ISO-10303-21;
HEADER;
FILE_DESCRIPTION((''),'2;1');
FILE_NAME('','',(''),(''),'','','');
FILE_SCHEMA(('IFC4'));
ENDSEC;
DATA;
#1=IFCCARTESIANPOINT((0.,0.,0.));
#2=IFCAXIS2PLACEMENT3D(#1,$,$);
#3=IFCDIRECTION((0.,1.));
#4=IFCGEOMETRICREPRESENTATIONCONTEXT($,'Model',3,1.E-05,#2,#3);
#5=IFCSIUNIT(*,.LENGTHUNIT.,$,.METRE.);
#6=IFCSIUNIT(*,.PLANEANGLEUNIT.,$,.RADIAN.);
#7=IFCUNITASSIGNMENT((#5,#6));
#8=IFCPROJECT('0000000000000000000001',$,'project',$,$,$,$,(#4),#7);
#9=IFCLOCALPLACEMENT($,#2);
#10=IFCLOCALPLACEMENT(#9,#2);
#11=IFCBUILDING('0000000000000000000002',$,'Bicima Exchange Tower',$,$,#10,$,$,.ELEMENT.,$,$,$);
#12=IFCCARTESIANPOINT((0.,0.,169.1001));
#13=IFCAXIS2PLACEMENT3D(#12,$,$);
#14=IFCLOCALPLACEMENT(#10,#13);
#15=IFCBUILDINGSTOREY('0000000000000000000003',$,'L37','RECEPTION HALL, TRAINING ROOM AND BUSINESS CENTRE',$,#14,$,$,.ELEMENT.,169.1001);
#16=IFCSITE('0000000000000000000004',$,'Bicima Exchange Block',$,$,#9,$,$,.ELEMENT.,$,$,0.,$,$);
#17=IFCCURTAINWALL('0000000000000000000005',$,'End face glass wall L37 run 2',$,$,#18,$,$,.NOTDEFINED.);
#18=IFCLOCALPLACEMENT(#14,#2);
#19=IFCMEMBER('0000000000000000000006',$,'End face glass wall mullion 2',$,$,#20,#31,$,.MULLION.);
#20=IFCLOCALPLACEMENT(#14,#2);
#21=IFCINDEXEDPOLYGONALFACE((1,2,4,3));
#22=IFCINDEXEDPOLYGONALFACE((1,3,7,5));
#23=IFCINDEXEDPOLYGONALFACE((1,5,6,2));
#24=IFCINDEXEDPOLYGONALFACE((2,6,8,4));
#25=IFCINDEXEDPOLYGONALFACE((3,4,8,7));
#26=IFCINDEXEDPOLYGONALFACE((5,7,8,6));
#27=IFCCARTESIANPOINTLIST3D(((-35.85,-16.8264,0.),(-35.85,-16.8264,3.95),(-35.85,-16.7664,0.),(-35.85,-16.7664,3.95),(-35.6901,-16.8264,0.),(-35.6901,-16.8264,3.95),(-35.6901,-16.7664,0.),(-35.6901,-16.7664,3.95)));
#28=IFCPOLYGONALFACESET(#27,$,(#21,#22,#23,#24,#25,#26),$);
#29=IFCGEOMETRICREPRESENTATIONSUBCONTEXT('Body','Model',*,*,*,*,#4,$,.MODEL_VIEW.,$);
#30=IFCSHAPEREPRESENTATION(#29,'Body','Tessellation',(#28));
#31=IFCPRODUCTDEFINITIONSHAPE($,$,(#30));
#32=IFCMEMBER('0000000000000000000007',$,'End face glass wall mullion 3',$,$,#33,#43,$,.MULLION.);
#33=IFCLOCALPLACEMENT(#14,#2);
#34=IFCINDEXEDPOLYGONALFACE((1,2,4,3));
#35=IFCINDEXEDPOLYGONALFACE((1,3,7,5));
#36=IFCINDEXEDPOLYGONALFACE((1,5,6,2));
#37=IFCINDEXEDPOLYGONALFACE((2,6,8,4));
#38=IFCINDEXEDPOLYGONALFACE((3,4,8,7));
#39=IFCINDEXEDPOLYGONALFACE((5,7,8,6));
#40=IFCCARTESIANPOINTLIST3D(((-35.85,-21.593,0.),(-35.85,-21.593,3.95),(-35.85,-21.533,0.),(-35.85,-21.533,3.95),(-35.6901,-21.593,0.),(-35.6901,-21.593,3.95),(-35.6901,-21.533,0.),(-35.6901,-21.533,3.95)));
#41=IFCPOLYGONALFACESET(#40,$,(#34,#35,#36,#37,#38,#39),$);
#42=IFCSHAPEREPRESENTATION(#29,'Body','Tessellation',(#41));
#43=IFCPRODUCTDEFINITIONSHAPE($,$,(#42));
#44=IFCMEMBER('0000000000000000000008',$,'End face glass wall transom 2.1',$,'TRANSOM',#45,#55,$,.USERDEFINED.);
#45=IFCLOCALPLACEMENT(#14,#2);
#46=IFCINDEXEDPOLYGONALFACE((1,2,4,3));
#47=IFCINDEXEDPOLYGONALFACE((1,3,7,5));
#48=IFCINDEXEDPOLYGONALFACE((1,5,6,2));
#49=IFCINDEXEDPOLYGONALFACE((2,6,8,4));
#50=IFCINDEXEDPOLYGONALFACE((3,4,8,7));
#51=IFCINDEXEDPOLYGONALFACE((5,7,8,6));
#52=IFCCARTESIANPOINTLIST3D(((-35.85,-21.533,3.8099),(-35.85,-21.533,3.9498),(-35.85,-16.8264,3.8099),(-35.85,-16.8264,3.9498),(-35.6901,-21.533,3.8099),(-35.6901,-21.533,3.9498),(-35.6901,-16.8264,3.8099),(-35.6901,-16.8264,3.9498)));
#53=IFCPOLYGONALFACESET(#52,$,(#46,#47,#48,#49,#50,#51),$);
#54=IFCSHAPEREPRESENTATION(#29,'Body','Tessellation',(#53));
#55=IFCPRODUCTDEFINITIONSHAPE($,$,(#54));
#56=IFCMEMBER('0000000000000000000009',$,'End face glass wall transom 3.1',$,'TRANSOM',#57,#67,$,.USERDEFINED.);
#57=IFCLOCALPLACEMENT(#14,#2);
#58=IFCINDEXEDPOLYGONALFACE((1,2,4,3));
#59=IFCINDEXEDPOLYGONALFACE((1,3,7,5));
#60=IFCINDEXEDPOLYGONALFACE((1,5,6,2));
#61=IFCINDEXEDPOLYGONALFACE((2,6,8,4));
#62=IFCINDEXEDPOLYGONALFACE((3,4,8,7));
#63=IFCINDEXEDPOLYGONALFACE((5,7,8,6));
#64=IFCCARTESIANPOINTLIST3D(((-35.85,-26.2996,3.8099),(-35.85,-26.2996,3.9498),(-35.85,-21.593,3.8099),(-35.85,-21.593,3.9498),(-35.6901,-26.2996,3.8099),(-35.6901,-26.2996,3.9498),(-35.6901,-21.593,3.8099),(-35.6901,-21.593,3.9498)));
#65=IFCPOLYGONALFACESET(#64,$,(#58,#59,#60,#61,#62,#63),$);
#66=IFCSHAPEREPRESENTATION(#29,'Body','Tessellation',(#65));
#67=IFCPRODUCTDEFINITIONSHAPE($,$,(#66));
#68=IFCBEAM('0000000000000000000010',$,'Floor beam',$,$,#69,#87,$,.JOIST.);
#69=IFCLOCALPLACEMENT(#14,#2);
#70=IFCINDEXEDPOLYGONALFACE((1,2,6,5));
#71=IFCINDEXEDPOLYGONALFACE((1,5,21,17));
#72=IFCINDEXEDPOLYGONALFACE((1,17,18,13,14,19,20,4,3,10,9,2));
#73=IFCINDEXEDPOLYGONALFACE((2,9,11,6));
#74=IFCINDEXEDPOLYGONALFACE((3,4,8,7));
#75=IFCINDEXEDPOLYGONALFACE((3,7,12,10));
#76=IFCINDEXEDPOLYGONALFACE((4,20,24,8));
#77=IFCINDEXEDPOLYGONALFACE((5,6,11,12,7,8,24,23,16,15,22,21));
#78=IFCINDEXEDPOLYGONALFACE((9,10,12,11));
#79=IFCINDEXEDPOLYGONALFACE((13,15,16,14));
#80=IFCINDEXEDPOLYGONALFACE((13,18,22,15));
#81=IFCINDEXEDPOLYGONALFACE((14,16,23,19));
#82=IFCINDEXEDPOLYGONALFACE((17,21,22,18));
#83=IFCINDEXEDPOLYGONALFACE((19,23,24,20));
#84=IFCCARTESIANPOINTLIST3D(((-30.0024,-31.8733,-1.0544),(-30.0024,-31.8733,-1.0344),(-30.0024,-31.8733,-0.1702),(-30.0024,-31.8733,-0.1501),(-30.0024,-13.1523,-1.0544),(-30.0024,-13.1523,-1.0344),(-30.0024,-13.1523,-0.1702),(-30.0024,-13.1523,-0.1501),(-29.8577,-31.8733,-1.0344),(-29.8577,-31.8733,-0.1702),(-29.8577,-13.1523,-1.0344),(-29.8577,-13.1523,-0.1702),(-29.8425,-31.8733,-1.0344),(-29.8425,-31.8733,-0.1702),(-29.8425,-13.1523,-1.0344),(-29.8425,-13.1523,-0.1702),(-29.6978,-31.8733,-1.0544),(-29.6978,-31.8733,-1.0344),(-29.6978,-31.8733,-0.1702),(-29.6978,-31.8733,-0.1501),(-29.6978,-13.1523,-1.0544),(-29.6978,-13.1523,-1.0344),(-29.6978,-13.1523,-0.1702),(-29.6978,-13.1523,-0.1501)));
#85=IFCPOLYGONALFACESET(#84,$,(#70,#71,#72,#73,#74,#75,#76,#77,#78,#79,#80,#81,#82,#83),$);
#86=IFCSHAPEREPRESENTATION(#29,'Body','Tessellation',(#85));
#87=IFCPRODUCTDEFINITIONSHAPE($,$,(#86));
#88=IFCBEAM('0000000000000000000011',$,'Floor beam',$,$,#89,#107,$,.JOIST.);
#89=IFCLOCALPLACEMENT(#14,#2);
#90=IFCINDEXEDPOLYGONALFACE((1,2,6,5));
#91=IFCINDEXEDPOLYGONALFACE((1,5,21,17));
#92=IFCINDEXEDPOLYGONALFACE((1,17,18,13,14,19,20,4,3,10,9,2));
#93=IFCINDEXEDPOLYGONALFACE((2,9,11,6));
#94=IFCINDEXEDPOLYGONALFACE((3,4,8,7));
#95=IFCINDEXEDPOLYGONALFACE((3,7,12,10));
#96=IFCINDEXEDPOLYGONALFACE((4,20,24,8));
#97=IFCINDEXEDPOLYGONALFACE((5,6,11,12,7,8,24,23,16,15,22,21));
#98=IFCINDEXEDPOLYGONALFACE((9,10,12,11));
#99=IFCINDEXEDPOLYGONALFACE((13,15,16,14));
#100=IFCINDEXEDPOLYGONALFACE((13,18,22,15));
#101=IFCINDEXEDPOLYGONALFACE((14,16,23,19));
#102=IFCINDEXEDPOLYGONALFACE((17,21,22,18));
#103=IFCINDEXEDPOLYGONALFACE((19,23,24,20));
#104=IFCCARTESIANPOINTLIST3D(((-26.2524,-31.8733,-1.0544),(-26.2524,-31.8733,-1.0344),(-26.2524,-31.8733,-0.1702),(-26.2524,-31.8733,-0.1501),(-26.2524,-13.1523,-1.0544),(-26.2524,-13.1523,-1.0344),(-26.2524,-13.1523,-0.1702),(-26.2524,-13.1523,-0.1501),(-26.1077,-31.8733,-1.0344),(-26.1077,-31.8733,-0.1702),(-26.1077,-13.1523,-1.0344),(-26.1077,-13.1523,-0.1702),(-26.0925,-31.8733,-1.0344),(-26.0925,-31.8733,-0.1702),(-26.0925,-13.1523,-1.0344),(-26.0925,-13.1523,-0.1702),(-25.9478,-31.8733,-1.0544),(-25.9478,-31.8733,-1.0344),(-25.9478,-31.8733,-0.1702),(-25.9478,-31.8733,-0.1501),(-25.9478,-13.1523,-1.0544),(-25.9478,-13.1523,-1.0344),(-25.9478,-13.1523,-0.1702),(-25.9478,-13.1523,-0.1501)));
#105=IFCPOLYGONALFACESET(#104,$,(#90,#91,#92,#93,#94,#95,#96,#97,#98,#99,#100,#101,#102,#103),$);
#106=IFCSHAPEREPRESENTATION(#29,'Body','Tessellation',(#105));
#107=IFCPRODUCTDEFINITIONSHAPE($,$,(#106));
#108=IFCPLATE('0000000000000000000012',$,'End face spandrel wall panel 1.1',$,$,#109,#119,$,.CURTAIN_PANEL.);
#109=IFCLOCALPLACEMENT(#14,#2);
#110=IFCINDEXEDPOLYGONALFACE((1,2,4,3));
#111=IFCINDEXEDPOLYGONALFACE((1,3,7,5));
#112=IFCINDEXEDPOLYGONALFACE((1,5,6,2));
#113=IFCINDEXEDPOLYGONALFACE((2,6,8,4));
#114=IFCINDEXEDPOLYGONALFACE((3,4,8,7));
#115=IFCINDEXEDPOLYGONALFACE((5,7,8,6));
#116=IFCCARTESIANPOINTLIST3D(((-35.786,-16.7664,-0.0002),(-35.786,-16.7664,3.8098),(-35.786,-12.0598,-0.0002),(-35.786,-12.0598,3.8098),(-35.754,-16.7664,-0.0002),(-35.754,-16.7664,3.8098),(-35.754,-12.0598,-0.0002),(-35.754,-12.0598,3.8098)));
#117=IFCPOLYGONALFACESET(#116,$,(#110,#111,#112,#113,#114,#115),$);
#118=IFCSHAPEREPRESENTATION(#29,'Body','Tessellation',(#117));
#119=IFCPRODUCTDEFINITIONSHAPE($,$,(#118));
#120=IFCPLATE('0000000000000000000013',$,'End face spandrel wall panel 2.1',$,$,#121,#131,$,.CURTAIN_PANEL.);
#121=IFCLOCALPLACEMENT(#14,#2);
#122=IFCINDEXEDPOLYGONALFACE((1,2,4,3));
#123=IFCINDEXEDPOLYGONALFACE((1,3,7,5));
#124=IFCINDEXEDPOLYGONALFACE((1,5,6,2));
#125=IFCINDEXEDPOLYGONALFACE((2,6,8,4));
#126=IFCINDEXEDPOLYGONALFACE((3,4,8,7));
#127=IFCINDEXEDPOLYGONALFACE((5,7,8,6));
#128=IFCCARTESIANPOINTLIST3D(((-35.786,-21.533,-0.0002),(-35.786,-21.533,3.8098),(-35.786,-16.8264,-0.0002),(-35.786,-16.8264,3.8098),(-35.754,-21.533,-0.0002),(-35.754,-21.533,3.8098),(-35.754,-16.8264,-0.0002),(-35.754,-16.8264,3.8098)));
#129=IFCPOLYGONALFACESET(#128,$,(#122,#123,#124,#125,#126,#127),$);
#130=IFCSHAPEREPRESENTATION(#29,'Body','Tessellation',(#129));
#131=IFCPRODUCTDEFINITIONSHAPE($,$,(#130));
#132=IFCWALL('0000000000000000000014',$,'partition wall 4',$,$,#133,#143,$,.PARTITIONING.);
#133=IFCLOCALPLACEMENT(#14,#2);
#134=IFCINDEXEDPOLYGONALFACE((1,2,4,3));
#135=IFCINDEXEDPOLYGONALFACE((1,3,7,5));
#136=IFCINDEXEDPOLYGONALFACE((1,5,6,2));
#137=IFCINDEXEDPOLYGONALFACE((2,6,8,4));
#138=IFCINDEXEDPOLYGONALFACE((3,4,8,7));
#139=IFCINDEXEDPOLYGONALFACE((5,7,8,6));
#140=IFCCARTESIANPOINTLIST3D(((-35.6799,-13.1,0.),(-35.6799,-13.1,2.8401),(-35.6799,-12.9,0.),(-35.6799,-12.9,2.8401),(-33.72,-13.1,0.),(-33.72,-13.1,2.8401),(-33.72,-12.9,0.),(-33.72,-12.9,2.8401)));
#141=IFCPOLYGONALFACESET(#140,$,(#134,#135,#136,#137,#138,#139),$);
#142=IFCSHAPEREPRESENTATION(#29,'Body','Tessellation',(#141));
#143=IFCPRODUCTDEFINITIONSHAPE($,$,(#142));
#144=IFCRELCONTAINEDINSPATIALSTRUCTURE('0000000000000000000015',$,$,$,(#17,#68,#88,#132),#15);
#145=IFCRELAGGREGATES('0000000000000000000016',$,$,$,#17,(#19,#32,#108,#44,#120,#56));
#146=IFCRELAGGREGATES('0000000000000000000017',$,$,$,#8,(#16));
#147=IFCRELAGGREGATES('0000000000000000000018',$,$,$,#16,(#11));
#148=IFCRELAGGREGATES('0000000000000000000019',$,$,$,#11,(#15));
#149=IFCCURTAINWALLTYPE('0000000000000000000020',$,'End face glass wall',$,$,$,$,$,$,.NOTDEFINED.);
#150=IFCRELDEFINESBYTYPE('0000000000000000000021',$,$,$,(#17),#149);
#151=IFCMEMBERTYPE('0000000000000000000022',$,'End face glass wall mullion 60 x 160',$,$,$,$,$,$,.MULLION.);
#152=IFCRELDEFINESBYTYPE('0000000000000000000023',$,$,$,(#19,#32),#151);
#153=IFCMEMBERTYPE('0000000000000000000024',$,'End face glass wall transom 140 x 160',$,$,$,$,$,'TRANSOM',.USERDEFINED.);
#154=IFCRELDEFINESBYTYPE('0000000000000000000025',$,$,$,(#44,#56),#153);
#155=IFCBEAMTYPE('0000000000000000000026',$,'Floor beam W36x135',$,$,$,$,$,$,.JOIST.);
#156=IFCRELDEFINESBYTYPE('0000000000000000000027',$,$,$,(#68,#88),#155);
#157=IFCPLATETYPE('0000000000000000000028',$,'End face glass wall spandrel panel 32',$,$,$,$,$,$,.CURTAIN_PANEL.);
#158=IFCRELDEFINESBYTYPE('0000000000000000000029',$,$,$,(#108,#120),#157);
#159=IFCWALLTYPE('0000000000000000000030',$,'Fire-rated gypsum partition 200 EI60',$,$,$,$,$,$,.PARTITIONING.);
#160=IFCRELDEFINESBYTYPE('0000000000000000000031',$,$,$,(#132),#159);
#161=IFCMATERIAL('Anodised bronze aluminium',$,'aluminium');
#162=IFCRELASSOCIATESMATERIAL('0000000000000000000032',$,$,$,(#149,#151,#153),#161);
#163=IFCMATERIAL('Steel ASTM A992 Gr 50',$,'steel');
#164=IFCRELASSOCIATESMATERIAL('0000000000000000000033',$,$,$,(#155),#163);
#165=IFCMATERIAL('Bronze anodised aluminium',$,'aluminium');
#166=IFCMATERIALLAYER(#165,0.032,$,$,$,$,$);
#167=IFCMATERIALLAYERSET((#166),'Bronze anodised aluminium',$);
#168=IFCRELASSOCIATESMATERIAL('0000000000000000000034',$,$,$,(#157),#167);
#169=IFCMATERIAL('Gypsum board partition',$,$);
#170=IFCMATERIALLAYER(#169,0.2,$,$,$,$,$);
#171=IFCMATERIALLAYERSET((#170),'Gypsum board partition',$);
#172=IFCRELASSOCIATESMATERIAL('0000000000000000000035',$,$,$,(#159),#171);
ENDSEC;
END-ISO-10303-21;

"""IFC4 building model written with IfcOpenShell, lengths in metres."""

from ifc_helpers import new_model, si_unit, direction, frame, frame_2d, origin, origin_2d, place, context, subcontext, project, spatial, rectangle, i_section, extrude, material, layer, layer_set, material_profile, profile_set, type_object, element, aggregate, save


model = new_model("IFC4")

# Units and contexts
model_context = context("Model", 3, precision=1e-05, world=origin(), true_north=direction((0.0, 1.0)))
body_context = subcontext(model_context, "Body", "Model", "MODEL_VIEW")
ifc_project = project(units=[si_unit("LENGTHUNIT", "METRE"), si_unit("PLANEANGLEUNIT", "RADIAN")], contexts=[model_context])

# Site, building, storey
site_placement = place(None, origin())
site = spatial("IfcSite", under=ifc_project, at=site_placement, Name="Bicima Exchange Block", CompositionType="ELEMENT", RefElevation=0.0)
building_placement = place(site_placement, origin())
building = spatial("IfcBuilding", under=site, at=building_placement, Name="Bicima Exchange Tower", CompositionType="ELEMENT")
storey_placement = place(building_placement, frame((0.0, 0.0, 169.1001)))
storey = spatial("IfcBuildingStorey", under=building, at=storey_placement, Name="L37", Description="RECEPTION HALL, TRAINING ROOM AND BUSINESS CENTRE", CompositionType="ELEMENT", Elevation=169.1001)

# Curtain wall, members
ifc_material_1 = material(Name="Anodised bronze aluminium", Category="aluminium")
curtain_wall_type = type_object("IfcCurtainWallType", Name="End face glass wall", PredefinedType="NOTDEFINED", material=ifc_material_1)
curtain_wall_placement = place(storey_placement, origin())
curtain_wall = element("IfcCurtainWall", 1, at=curtain_wall_placement, inside=storey, type_object=curtain_wall_type, Name="End face glass wall L37 run 2", PredefinedType="NOTDEFINED")
ifc_material_profile_1 = material_profile(ifc_material_1, rectangle(XDim=0.1599, YDim=0.0601, at=origin_2d()))
ifc_profile_set_1 = profile_set([ifc_material_profile_1], Name="Anodised bronze aluminium")
member_type_1 = type_object("IfcMemberType", Name="End face glass wall mullion 60 x 160", PredefinedType="MULLION", material=ifc_profile_set_1)
member_1_placement = place(storey_placement, frame((-35.77, -16.7964, 0.0), z_axis=(0.0, 0.0, 1.0), x_axis=(1.0, 0.0, 0.0)))
member_1 = element("IfcMember", 2, at=member_1_placement, type_object=member_type_1, Name="End face glass wall mullion 2", PredefinedType="MULLION", context=body_context, shape_type="SweptSolid", body=[
    extrude(rectangle(XDim=0.1599, YDim=0.0601, at=origin_2d()), origin(), (0.0, 0.0, 1.0), 3.95),
])
member_2_placement = place(storey_placement, frame((-35.77, -21.563, 0.0), z_axis=(0.0, 0.0, 1.0), x_axis=(1.0, 0.0, 0.0)))
member_2 = element("IfcMember", 3, at=member_2_placement, type_object=member_type_1, Name="End face glass wall mullion 3", PredefinedType="MULLION", context=body_context, shape_type="SweptSolid", body=[
    extrude(rectangle(XDim=0.1599, YDim=0.0601, at=origin_2d()), origin(), (0.0, 0.0, 1.0), 3.95),
])
ifc_material_profile_2 = material_profile(ifc_material_1, rectangle(XDim=0.1599, YDim=0.1399, at=origin_2d()))
ifc_profile_set_2 = profile_set([ifc_material_profile_2], Name="Anodised bronze aluminium")
member_type_2 = type_object("IfcMemberType", Name="End face glass wall transom 140 x 160", ElementType="TRANSOM", PredefinedType="USERDEFINED", material=ifc_profile_set_2)
member_3_placement = place(storey_placement, frame((-35.77, -16.8264, 3.8799), z_axis=(0.0, -1.0, 0.0), x_axis=(1.0, 0.0, 0.0)))
member_3 = element("IfcMember", 4, at=member_3_placement, type_object=member_type_2, Name="End face glass wall transom 2.1", ObjectType="TRANSOM", PredefinedType="USERDEFINED", context=body_context, shape_type="SweptSolid", body=[
    extrude(rectangle(XDim=0.1599, YDim=0.1399, at=origin_2d()), origin(), (0.0, 0.0, 1.0), 4.7065),
])
member_4_placement = place(storey_placement, frame((-35.77, -21.593, 3.8799), z_axis=(0.0, -1.0, 0.0), x_axis=(1.0, 0.0, 0.0)))
member_4 = element("IfcMember", 5, at=member_4_placement, type_object=member_type_2, Name="End face glass wall transom 3.1", ObjectType="TRANSOM", PredefinedType="USERDEFINED", context=body_context, shape_type="SweptSolid", body=[
    extrude(rectangle(XDim=0.1599, YDim=0.1399, at=origin_2d()), origin(), (0.0, 0.0, 1.0), 4.7065),
])

# Beams
ifc_material_2 = material(Name="Steel ASTM A992 Gr 50", Category="steel")
ifc_material_profile_3 = material_profile(ifc_material_2, i_section(OverallWidth=0.3047, OverallDepth=0.9043, WebThickness=0.0151, FlangeThickness=0.02, at=origin_2d()))
ifc_profile_set_3 = profile_set([ifc_material_profile_3], Name="Steel ASTM A992 Gr 50")
beam_type = type_object("IfcBeamType", Name="Floor beam W36x135", PredefinedType="JOIST", material=ifc_profile_set_3)
for number, where, z_axis, x_axis, name in (
    (6, (-29.8501, -13.1523, -0.6023), (0.0, -1.0, 0.0), (1.0, 0.0, 0.0), "Floor beam"),
    (7, (-26.1001, -13.1523, -0.6023), (0.0, -1.0, 0.0), (1.0, 0.0, 0.0), "Floor beam"),
):
    element("IfcBeam", number, at=place(storey_placement, frame(where, z_axis=z_axis, x_axis=x_axis)), inside=storey, type_object=beam_type, Name=name, PredefinedType="JOIST", context=body_context, shape_type="SweptSolid", body=[
        extrude(i_section(OverallWidth=0.3047, OverallDepth=0.9043, WebThickness=0.0151, FlangeThickness=0.02, at=origin_2d()), origin(), (0.0, 0.0, 1.0), 18.7209),
    ])

# Plates
ifc_material_3 = material(Name="Bronze anodised aluminium", Category="aluminium")
ifc_layer_1 = layer(ifc_material_3, 0.032)
ifc_layer_set_1 = layer_set([ifc_layer_1], Name="Bronze anodised aluminium")
plate_type = type_object("IfcPlateType", Name="End face glass wall spandrel panel 32", PredefinedType="CURTAIN_PANEL", material=ifc_layer_set_1)
plate_1_placement = place(storey_placement, frame((-35.77, -14.4131, -0.0002), z_axis=(0.0, 0.0, 1.0), x_axis=(0.0, -1.0, 0.0)))
plate_1 = element("IfcPlate", 8, at=plate_1_placement, type_object=plate_type, Name="End face spandrel wall panel 1.1", PredefinedType="CURTAIN_PANEL", context=body_context, shape_type="SweptSolid", body=[
    extrude(rectangle(XDim=4.7065, YDim=0.032, at=origin_2d()), origin(), (0.0, 0.0, 1.0), 3.8101),
])
plate_2_placement = place(storey_placement, frame((-35.77, -19.1797, -0.0002), z_axis=(0.0, 0.0, 1.0), x_axis=(0.0, -1.0, 0.0)))
plate_2 = element("IfcPlate", 9, at=plate_2_placement, type_object=plate_type, Name="End face spandrel wall panel 2.1", PredefinedType="CURTAIN_PANEL", context=body_context, shape_type="SweptSolid", body=[
    extrude(rectangle(XDim=4.7065, YDim=0.032, at=origin_2d()), origin(), (0.0, 0.0, 1.0), 3.8101),
])
aggregate(curtain_wall, [member_1, member_2, plate_1, member_3, plate_2, member_4])

# Shared definitions
ifc_material_4 = material(Name="Gypsum board partition")
ifc_layer_2 = layer(ifc_material_4, 0.2)
ifc_layer_set_2 = layer_set([ifc_layer_2], Name="Gypsum board partition")
wall_type = type_object("IfcWallType", Name="Fire-rated gypsum partition 200 EI60", PredefinedType="PARTITIONING", material=ifc_layer_set_2)

# Wall
wall_1_placement = place(storey_placement, frame((-35.6799, -13.0, 0.0), z_axis=(0.0, 0.0, 1.0), x_axis=(1.0, 0.0, 0.0)))
element("IfcWall", 10, at=wall_1_placement, inside=storey, type_object=wall_type, Name="partition wall 4", PredefinedType="PARTITIONING", context=body_context, shape_type="SweptSolid", body=[
    extrude(rectangle(XDim=1.96, YDim=0.2, at=frame_2d((0.98, 0.0))), origin(), (0.0, 0.0, 1.0), 2.8401),
])

save(model, "model.ifc")
